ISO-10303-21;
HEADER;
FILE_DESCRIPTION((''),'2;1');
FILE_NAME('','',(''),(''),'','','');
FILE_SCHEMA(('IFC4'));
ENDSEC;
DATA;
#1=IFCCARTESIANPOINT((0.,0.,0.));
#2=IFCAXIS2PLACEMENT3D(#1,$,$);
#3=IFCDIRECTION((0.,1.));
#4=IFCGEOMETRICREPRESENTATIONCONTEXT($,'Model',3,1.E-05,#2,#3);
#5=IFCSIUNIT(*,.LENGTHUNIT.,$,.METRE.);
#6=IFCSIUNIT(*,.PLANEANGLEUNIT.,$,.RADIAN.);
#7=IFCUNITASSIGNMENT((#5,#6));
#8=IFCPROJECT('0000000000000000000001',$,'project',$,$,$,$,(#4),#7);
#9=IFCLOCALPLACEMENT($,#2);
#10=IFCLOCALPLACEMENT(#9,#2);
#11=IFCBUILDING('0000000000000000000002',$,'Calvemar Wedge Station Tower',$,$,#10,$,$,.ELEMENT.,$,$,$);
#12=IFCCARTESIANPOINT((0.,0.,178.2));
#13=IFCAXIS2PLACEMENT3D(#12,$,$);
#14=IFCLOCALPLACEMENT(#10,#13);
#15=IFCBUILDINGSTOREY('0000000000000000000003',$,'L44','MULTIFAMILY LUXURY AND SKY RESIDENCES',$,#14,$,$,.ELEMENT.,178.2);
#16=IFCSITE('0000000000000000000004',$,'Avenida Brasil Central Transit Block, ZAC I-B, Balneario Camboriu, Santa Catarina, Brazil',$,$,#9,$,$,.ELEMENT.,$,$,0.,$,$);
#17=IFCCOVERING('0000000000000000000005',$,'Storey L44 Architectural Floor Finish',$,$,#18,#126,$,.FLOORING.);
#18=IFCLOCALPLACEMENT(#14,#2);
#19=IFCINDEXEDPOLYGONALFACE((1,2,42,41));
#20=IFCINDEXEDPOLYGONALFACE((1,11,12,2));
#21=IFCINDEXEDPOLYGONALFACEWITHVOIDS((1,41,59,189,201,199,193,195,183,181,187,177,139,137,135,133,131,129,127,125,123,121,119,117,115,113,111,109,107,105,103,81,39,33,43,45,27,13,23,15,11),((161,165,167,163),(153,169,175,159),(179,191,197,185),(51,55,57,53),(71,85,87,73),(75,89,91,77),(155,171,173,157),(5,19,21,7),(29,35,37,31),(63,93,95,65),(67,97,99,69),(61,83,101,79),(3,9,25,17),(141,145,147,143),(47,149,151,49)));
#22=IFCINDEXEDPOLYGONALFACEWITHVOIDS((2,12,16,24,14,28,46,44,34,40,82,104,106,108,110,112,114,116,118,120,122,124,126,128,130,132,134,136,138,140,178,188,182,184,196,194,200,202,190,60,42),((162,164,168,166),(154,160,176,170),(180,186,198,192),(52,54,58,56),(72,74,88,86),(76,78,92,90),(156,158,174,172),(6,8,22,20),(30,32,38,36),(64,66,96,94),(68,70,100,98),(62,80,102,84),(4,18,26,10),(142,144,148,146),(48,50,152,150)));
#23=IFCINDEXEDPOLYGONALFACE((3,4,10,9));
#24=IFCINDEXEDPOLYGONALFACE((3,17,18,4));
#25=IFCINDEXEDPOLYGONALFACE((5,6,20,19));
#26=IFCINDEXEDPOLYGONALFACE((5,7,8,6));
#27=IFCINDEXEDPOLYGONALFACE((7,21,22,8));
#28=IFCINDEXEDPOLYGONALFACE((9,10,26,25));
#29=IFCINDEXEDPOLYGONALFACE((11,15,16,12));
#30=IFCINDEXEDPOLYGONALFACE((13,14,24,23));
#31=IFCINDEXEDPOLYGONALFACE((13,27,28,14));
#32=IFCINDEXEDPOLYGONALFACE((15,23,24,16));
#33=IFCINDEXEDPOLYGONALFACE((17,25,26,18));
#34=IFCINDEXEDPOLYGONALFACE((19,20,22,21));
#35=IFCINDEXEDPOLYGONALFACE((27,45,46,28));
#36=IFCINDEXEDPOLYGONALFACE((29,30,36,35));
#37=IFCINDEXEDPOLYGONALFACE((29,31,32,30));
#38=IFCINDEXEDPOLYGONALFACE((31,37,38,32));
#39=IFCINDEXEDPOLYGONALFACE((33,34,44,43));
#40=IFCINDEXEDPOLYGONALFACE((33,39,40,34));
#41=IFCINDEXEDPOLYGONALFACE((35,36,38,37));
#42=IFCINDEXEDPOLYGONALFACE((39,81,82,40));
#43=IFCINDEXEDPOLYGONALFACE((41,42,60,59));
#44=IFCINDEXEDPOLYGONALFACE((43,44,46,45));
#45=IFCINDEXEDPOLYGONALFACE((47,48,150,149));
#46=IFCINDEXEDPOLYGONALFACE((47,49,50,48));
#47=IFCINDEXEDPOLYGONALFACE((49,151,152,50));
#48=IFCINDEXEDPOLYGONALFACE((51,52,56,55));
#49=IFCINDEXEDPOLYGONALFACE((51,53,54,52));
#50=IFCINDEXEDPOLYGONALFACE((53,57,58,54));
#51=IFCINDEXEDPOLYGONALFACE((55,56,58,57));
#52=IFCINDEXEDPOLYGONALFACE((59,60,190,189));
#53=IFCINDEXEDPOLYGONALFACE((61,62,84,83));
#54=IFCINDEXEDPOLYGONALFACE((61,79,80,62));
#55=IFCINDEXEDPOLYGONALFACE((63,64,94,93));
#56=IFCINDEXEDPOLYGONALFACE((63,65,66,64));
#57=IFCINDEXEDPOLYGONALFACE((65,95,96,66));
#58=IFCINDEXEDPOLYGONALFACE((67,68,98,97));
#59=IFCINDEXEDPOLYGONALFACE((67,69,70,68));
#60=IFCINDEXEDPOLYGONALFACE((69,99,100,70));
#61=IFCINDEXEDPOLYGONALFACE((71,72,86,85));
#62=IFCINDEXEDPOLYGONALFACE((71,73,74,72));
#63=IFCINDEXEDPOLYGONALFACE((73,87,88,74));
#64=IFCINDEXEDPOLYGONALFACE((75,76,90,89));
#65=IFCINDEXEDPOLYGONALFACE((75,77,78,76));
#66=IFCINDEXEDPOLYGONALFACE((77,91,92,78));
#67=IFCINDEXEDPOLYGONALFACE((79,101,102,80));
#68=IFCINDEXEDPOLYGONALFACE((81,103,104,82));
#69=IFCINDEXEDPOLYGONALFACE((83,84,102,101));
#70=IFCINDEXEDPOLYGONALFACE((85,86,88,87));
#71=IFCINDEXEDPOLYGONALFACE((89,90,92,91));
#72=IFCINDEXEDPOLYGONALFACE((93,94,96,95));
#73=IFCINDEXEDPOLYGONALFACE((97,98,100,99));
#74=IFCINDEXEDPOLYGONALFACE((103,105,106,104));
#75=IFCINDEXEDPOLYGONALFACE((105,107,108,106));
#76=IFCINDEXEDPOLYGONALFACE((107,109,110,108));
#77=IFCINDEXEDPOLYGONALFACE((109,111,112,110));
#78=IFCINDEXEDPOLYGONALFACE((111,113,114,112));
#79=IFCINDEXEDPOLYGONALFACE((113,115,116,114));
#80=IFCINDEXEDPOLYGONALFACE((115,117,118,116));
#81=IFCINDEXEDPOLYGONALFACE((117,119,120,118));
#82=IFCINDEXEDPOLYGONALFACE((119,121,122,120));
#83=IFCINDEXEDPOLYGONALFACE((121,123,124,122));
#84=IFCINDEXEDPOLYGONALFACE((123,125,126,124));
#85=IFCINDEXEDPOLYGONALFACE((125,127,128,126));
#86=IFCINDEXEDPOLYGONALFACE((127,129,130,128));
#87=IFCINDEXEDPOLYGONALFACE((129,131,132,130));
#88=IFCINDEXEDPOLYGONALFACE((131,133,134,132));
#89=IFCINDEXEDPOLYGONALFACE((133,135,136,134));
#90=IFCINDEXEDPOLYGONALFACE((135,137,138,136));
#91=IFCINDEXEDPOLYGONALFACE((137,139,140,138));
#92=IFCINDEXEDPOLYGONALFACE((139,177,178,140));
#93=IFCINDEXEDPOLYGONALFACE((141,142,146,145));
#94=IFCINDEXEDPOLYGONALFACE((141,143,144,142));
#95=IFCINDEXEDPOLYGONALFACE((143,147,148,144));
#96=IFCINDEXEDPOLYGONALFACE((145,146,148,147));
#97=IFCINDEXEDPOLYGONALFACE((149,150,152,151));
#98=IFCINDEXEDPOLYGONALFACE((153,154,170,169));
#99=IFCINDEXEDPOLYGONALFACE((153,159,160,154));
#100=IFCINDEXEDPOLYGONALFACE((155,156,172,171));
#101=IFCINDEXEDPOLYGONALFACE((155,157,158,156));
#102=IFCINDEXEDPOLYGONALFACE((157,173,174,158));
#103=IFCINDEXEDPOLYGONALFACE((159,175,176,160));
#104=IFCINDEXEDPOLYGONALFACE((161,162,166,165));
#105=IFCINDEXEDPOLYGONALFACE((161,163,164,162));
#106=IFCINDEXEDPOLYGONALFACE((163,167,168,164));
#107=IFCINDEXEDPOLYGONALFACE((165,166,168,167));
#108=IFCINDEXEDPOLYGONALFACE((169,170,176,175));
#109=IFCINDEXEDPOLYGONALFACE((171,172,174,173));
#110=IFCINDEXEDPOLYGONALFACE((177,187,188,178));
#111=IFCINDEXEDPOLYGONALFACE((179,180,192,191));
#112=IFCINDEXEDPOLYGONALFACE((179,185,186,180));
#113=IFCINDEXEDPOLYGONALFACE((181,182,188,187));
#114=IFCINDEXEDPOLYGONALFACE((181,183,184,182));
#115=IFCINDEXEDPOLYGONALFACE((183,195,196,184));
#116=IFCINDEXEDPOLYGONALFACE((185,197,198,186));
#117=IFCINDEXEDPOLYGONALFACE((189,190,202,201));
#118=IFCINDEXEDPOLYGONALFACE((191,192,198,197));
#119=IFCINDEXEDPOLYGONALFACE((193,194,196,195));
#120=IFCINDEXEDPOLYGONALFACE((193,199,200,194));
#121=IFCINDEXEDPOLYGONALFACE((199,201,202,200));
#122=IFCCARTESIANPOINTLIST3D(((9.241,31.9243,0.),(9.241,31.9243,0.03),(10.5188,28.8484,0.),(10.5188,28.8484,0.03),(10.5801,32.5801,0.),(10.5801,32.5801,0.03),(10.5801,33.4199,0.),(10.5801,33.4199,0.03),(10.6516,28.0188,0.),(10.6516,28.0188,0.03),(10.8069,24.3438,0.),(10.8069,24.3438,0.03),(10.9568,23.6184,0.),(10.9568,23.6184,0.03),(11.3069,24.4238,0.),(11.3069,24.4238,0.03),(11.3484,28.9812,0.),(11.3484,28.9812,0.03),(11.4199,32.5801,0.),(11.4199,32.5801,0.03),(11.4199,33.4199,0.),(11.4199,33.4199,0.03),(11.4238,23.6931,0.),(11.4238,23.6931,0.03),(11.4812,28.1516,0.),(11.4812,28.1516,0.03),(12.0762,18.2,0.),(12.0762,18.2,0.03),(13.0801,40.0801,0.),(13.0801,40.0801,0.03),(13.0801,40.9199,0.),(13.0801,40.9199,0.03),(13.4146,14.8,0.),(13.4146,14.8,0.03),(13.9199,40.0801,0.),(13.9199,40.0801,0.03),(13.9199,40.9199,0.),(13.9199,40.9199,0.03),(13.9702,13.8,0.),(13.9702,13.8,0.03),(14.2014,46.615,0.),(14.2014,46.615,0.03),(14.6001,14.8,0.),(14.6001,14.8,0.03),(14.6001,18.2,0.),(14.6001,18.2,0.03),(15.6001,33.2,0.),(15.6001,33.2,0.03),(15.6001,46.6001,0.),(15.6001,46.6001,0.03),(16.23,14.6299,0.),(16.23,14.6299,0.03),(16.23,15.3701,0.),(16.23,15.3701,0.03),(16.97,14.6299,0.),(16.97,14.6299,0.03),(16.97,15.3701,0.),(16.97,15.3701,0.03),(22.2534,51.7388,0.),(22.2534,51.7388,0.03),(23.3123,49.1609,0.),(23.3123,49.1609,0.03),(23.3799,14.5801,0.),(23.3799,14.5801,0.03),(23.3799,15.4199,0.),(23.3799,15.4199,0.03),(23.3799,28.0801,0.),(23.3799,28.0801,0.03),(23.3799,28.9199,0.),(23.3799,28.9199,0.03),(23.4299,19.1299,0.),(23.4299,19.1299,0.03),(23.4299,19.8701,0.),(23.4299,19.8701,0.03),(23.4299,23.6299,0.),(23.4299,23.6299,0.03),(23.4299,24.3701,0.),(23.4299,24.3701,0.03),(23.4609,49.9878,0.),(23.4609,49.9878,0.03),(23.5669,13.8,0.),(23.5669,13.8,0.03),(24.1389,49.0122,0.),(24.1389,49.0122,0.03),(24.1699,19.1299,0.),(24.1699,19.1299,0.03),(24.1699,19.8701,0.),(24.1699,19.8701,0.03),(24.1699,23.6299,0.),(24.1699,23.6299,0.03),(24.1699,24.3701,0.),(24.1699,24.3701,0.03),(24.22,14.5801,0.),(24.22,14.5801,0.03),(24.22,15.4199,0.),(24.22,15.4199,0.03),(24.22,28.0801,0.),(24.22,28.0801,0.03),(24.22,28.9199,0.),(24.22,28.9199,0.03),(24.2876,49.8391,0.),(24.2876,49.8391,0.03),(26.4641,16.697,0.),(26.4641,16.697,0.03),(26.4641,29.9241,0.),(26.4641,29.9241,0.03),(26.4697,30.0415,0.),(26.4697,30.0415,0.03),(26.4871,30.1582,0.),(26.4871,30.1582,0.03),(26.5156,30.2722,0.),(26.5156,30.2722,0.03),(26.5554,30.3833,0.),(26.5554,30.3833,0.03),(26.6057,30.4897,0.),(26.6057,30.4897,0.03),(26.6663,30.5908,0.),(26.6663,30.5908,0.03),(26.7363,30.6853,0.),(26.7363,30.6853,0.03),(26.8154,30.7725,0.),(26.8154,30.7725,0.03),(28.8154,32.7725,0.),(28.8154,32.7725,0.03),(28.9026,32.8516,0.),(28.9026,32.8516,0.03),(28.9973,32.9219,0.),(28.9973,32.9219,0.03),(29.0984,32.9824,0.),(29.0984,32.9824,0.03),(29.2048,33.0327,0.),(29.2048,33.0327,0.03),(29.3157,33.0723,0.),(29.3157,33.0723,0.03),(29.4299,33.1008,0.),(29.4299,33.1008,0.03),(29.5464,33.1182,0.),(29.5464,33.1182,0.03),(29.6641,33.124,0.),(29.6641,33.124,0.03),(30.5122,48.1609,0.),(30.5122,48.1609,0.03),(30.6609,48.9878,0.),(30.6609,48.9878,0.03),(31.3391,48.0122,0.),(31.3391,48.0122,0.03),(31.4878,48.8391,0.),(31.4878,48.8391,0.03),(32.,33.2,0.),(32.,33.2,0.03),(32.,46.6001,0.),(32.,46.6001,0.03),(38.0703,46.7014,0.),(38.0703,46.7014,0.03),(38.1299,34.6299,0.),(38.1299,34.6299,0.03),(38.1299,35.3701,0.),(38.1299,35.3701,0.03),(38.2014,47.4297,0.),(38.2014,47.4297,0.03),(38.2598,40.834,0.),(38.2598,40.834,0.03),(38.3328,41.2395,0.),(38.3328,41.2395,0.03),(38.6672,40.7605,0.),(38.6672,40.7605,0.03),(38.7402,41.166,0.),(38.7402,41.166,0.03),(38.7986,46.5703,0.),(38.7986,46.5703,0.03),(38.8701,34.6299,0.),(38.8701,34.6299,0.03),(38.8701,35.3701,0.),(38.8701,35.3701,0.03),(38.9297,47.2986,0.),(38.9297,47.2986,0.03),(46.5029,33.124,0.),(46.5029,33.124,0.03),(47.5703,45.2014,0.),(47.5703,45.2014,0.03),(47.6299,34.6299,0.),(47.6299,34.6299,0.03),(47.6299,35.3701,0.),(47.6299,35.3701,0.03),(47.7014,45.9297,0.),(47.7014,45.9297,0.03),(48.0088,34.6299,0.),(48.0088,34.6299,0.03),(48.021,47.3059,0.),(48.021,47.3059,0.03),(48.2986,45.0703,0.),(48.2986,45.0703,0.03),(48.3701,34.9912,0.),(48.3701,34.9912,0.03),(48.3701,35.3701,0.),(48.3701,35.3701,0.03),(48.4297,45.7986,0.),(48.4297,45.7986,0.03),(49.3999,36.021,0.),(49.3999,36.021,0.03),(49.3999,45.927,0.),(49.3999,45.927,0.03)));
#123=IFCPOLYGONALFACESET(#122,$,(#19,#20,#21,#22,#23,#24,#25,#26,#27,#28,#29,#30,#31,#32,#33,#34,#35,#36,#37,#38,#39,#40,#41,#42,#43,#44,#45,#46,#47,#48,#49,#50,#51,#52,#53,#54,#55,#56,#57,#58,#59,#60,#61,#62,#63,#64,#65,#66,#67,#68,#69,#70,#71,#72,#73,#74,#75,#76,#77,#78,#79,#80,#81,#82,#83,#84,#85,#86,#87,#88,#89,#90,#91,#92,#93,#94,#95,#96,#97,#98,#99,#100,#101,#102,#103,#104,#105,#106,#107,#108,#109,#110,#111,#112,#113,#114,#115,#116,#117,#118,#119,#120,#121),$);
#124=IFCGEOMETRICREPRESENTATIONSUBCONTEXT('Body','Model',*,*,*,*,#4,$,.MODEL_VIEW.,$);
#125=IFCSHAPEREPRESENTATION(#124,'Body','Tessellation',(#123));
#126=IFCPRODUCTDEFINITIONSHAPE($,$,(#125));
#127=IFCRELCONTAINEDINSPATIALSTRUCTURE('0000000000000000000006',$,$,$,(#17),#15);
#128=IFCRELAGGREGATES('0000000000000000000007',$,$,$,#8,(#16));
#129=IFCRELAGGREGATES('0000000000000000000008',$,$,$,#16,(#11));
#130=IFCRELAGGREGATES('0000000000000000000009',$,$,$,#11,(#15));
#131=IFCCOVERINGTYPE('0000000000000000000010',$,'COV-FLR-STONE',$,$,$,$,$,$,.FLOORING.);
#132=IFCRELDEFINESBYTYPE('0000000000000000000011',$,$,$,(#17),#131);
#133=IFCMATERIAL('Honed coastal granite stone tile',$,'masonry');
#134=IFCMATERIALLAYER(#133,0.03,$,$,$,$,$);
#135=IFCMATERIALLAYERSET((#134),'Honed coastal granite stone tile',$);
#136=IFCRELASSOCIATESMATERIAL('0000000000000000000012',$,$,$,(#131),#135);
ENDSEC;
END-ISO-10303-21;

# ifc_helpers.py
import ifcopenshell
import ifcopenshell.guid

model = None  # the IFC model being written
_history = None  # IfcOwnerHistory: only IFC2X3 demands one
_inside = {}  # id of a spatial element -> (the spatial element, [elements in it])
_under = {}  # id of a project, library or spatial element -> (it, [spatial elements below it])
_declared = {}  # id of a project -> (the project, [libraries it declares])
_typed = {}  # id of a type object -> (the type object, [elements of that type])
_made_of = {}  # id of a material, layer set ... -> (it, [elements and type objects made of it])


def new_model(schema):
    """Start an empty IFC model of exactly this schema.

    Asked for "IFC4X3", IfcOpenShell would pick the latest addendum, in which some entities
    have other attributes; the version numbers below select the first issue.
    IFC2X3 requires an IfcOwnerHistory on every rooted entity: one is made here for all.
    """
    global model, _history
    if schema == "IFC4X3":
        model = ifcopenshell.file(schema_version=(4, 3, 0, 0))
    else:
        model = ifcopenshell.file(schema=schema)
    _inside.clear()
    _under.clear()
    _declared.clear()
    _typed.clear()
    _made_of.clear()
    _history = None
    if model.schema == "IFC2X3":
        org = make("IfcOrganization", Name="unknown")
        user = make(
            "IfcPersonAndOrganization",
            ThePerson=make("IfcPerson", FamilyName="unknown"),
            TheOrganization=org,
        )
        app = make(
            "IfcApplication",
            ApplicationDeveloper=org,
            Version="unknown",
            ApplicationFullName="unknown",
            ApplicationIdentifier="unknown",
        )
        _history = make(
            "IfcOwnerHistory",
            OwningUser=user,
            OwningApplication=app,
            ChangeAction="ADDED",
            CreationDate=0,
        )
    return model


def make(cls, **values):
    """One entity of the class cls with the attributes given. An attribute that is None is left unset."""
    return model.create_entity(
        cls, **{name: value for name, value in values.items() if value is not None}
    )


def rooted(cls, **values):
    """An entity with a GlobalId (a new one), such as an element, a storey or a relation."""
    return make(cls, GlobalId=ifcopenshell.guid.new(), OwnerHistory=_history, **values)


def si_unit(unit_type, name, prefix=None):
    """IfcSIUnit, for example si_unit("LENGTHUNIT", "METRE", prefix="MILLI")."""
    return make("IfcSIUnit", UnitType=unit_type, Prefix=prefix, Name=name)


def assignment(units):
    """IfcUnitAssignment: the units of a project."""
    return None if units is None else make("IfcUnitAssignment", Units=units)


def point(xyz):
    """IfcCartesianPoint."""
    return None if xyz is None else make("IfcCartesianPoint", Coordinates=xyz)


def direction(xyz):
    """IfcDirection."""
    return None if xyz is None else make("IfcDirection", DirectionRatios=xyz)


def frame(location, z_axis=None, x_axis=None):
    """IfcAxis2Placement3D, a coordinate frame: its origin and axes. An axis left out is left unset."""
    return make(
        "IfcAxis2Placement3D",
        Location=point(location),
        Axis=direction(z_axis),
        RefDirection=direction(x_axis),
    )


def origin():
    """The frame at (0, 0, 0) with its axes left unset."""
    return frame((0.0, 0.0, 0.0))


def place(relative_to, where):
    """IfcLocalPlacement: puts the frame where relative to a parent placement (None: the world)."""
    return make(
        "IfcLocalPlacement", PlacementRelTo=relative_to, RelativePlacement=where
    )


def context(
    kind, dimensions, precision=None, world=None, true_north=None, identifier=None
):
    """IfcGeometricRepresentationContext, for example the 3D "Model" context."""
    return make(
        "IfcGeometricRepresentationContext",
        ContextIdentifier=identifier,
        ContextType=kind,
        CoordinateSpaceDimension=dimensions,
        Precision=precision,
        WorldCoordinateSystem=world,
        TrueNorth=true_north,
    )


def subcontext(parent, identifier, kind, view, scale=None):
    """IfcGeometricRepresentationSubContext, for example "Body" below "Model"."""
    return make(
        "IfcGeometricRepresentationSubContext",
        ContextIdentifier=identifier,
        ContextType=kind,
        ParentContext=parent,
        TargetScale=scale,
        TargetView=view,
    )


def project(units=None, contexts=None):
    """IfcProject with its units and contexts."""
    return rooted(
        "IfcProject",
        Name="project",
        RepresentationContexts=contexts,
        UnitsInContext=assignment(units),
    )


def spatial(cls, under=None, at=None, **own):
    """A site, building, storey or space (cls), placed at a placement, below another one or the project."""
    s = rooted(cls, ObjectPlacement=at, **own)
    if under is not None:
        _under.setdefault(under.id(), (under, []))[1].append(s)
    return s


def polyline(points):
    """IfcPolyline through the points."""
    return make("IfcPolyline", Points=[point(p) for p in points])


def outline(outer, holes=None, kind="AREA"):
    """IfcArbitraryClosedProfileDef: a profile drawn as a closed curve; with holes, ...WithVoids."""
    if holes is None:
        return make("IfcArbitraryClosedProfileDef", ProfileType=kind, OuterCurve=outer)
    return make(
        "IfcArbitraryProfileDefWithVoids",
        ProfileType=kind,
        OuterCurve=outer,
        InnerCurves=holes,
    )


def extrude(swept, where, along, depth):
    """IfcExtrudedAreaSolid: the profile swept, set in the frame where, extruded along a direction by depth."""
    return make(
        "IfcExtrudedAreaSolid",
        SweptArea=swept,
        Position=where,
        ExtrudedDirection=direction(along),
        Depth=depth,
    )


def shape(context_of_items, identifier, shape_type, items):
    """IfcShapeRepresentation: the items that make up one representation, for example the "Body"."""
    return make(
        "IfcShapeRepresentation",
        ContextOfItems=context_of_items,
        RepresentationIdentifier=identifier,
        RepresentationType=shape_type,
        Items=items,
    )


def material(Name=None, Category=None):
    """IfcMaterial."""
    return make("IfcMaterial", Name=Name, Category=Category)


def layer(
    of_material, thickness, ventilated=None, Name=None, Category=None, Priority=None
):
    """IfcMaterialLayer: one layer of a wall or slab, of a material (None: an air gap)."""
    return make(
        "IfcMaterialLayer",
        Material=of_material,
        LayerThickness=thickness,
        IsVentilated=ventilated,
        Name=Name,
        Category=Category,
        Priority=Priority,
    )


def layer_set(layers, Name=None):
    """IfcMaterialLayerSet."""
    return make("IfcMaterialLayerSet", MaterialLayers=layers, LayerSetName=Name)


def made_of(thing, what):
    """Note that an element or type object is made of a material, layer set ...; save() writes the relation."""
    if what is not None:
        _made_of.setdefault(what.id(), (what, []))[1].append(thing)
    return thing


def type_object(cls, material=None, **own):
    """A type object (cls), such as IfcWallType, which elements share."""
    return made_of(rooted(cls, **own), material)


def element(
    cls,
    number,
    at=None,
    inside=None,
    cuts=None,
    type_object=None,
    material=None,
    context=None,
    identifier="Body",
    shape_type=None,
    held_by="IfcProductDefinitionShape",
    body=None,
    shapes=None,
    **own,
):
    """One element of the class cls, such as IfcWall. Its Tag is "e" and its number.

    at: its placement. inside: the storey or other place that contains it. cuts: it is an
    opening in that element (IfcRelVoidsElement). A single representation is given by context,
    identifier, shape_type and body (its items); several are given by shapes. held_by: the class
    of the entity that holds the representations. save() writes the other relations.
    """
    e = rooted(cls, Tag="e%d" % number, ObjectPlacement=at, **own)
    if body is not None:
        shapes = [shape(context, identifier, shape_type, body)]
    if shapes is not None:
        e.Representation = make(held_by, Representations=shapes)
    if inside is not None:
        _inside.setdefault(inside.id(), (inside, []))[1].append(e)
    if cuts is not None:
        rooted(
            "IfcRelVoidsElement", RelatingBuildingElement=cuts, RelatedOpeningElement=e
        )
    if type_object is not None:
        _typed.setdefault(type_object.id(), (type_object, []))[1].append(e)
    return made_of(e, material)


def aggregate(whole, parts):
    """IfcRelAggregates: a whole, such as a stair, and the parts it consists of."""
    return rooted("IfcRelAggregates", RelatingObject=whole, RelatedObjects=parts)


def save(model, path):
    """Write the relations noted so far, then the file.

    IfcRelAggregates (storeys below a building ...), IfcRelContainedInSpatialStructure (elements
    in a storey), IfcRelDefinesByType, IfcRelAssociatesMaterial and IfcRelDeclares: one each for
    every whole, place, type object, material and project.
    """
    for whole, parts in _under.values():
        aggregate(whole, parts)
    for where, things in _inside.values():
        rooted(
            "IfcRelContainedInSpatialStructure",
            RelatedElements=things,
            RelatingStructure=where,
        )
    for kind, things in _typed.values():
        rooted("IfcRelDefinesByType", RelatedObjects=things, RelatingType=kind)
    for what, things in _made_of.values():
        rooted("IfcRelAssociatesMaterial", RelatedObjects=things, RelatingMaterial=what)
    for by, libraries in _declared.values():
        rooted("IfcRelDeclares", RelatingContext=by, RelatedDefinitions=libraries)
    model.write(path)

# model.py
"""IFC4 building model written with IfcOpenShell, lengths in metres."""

from ifc_helpers import new_model, si_unit, direction, frame, origin, place, context, subcontext, project, spatial, polyline, outline, extrude, material, layer, layer_set, type_object, element, save


model = new_model("IFC4")

# Units and contexts
model_context = context("Model", 3, precision=1e-05, world=origin(), true_north=direction((0.0, 1.0)))
body_context = subcontext(model_context, "Body", "Model", "MODEL_VIEW")
ifc_project = project(units=[si_unit("LENGTHUNIT", "METRE"), si_unit("PLANEANGLEUNIT", "RADIAN")], contexts=[model_context])

# Site, building, storey
site_placement = place(None, origin())
site = spatial("IfcSite", under=ifc_project, at=site_placement, Name="Avenida Brasil Central Transit Block, ZAC I-B, Balneario Camboriu, Santa Catarina, Brazil", CompositionType="ELEMENT", RefElevation=0.0)
building_placement = place(site_placement, origin())
building = spatial("IfcBuilding", under=site, at=building_placement, Name="Calvemar Wedge Station Tower", CompositionType="ELEMENT")
storey_placement = place(building_placement, frame((0.0, 0.0, 178.2)))
storey = spatial("IfcBuildingStorey", under=building, at=storey_placement, Name="L44", Description="MULTIFAMILY LUXURY AND SKY RESIDENCES", CompositionType="ELEMENT", Elevation=178.2)

# Covering
ifc_material_1 = material(Name="Honed coastal granite stone tile", Category="masonry")
ifc_layer_1 = layer(ifc_material_1, 0.03)
ifc_layer_set_1 = layer_set([ifc_layer_1], Name="Honed coastal granite stone tile")
covering_type_1 = type_object("IfcCoveringType", Name="COV-FLR-STONE", PredefinedType="FLOORING", material=ifc_layer_set_1)
covering_1_placement = place(storey_placement, origin())
element("IfcCovering", 1, at=covering_1_placement, inside=storey, type_object=covering_type_1, Name="Storey L44 Architectural Floor Finish", PredefinedType="FLOORING", context=body_context, shape_type="SweptSolid", body=[
    extrude(outline(polyline([(26.8154, 30.7725), (28.8154, 32.7725), (28.9026, 32.8516), (28.9973, 32.9219), (29.0984, 32.9824), (29.2048, 33.0327), (29.3157, 33.0723), (29.4299, 33.1008), (29.5464, 33.1182), (29.6641, 33.124), (46.5029, 33.124), (48.0088, 34.6299), (47.6299, 34.6299), (47.6299, 35.3701), (48.3701, 35.3701), (48.3701, 34.9912), (49.3999, 36.021), (49.3999, 45.927), (48.021, 47.3059), (22.2534, 51.7388), (14.2014, 46.615), (9.241, 31.9243), (10.8069, 24.3438), (11.3069, 24.4238), (11.4238, 23.6931), (10.9568, 23.6184), (12.0762, 18.2), (14.6001, 18.2), (14.6001, 14.8), (13.4146, 14.8), (13.9702, 13.8), (23.5669, 13.8), (26.4641, 16.697), (26.4641, 29.9241), (26.4697, 30.0415), (26.4871, 30.1582), (26.5156, 30.2722), (26.5554, 30.3833), (26.6057, 30.4897), (26.6663, 30.5908), (26.7363, 30.6853), (26.8154, 30.7725)]), holes=[polyline([(15.6001, 46.6001), (32.0, 46.6001), (32.0, 33.2), (15.6001, 33.2), (15.6001, 46.6001)]), polyline([(10.5801, 32.5801), (10.5801, 33.4199), (11.4199, 33.4199), (11.4199, 32.5801), (10.5801, 32.5801)]), polyline([(13.0801, 40.9199), (13.9199, 40.9199), (13.9199, 40.0801), (13.0801, 40.0801), (13.0801, 40.9199)]), polyline([(24.2876, 49.8391), (24.1389, 49.0122), (23.3123, 49.1609), (23.4609, 49.9878), (24.2876, 49.8391)]), polyline([(31.3391, 48.0122), (30.5122, 48.1609), (30.6609, 48.9878), (31.4878, 48.8391), (31.3391, 48.0122)]), polyline([(38.0703, 46.7014), (38.2014, 47.4297), (38.9297, 47.2986), (38.7986, 46.5703), (38.0703, 46.7014)]), polyline([(47.7014, 45.9297), (48.4297, 45.7986), (48.2986, 45.0703), (47.5703, 45.2014), (47.7014, 45.9297)]), polyline([(38.8701, 35.3701), (38.8701, 34.6299), (38.1299, 34.6299), (38.1299, 35.3701), (38.8701, 35.3701)]), polyline([(38.2598, 40.834), (38.3328, 41.2395), (38.7402, 41.166), (38.6672, 40.7605), (38.2598, 40.834)]), polyline([(11.3484, 28.9812), (11.4812, 28.1516), (10.6516, 28.0188), (10.5188, 28.8484), (11.3484, 28.9812)]), polyline([(24.22, 28.0801), (23.3799, 28.0801), (23.3799, 28.9199), (24.22, 28.9199), (24.22, 28.0801)]), polyline([(23.4299, 23.6299), (23.4299, 24.3701), (24.1699, 24.3701), (24.1699, 23.6299), (23.4299, 23.6299)]), polyline([(23.4299, 19.8701), (24.1699, 19.8701), (24.1699, 19.1299), (23.4299, 19.1299), (23.4299, 19.8701)]), polyline([(24.22, 15.4199), (24.22, 14.5801), (23.3799, 14.5801), (23.3799, 15.4199), (24.22, 15.4199)]), polyline([(16.97, 14.6299), (16.23, 14.6299), (16.23, 15.3701), (16.97, 15.3701), (16.97, 14.6299)])]), origin(), (0.0, 0.0, 1.0), 0.03),
])

save(model, "model.ifc")
